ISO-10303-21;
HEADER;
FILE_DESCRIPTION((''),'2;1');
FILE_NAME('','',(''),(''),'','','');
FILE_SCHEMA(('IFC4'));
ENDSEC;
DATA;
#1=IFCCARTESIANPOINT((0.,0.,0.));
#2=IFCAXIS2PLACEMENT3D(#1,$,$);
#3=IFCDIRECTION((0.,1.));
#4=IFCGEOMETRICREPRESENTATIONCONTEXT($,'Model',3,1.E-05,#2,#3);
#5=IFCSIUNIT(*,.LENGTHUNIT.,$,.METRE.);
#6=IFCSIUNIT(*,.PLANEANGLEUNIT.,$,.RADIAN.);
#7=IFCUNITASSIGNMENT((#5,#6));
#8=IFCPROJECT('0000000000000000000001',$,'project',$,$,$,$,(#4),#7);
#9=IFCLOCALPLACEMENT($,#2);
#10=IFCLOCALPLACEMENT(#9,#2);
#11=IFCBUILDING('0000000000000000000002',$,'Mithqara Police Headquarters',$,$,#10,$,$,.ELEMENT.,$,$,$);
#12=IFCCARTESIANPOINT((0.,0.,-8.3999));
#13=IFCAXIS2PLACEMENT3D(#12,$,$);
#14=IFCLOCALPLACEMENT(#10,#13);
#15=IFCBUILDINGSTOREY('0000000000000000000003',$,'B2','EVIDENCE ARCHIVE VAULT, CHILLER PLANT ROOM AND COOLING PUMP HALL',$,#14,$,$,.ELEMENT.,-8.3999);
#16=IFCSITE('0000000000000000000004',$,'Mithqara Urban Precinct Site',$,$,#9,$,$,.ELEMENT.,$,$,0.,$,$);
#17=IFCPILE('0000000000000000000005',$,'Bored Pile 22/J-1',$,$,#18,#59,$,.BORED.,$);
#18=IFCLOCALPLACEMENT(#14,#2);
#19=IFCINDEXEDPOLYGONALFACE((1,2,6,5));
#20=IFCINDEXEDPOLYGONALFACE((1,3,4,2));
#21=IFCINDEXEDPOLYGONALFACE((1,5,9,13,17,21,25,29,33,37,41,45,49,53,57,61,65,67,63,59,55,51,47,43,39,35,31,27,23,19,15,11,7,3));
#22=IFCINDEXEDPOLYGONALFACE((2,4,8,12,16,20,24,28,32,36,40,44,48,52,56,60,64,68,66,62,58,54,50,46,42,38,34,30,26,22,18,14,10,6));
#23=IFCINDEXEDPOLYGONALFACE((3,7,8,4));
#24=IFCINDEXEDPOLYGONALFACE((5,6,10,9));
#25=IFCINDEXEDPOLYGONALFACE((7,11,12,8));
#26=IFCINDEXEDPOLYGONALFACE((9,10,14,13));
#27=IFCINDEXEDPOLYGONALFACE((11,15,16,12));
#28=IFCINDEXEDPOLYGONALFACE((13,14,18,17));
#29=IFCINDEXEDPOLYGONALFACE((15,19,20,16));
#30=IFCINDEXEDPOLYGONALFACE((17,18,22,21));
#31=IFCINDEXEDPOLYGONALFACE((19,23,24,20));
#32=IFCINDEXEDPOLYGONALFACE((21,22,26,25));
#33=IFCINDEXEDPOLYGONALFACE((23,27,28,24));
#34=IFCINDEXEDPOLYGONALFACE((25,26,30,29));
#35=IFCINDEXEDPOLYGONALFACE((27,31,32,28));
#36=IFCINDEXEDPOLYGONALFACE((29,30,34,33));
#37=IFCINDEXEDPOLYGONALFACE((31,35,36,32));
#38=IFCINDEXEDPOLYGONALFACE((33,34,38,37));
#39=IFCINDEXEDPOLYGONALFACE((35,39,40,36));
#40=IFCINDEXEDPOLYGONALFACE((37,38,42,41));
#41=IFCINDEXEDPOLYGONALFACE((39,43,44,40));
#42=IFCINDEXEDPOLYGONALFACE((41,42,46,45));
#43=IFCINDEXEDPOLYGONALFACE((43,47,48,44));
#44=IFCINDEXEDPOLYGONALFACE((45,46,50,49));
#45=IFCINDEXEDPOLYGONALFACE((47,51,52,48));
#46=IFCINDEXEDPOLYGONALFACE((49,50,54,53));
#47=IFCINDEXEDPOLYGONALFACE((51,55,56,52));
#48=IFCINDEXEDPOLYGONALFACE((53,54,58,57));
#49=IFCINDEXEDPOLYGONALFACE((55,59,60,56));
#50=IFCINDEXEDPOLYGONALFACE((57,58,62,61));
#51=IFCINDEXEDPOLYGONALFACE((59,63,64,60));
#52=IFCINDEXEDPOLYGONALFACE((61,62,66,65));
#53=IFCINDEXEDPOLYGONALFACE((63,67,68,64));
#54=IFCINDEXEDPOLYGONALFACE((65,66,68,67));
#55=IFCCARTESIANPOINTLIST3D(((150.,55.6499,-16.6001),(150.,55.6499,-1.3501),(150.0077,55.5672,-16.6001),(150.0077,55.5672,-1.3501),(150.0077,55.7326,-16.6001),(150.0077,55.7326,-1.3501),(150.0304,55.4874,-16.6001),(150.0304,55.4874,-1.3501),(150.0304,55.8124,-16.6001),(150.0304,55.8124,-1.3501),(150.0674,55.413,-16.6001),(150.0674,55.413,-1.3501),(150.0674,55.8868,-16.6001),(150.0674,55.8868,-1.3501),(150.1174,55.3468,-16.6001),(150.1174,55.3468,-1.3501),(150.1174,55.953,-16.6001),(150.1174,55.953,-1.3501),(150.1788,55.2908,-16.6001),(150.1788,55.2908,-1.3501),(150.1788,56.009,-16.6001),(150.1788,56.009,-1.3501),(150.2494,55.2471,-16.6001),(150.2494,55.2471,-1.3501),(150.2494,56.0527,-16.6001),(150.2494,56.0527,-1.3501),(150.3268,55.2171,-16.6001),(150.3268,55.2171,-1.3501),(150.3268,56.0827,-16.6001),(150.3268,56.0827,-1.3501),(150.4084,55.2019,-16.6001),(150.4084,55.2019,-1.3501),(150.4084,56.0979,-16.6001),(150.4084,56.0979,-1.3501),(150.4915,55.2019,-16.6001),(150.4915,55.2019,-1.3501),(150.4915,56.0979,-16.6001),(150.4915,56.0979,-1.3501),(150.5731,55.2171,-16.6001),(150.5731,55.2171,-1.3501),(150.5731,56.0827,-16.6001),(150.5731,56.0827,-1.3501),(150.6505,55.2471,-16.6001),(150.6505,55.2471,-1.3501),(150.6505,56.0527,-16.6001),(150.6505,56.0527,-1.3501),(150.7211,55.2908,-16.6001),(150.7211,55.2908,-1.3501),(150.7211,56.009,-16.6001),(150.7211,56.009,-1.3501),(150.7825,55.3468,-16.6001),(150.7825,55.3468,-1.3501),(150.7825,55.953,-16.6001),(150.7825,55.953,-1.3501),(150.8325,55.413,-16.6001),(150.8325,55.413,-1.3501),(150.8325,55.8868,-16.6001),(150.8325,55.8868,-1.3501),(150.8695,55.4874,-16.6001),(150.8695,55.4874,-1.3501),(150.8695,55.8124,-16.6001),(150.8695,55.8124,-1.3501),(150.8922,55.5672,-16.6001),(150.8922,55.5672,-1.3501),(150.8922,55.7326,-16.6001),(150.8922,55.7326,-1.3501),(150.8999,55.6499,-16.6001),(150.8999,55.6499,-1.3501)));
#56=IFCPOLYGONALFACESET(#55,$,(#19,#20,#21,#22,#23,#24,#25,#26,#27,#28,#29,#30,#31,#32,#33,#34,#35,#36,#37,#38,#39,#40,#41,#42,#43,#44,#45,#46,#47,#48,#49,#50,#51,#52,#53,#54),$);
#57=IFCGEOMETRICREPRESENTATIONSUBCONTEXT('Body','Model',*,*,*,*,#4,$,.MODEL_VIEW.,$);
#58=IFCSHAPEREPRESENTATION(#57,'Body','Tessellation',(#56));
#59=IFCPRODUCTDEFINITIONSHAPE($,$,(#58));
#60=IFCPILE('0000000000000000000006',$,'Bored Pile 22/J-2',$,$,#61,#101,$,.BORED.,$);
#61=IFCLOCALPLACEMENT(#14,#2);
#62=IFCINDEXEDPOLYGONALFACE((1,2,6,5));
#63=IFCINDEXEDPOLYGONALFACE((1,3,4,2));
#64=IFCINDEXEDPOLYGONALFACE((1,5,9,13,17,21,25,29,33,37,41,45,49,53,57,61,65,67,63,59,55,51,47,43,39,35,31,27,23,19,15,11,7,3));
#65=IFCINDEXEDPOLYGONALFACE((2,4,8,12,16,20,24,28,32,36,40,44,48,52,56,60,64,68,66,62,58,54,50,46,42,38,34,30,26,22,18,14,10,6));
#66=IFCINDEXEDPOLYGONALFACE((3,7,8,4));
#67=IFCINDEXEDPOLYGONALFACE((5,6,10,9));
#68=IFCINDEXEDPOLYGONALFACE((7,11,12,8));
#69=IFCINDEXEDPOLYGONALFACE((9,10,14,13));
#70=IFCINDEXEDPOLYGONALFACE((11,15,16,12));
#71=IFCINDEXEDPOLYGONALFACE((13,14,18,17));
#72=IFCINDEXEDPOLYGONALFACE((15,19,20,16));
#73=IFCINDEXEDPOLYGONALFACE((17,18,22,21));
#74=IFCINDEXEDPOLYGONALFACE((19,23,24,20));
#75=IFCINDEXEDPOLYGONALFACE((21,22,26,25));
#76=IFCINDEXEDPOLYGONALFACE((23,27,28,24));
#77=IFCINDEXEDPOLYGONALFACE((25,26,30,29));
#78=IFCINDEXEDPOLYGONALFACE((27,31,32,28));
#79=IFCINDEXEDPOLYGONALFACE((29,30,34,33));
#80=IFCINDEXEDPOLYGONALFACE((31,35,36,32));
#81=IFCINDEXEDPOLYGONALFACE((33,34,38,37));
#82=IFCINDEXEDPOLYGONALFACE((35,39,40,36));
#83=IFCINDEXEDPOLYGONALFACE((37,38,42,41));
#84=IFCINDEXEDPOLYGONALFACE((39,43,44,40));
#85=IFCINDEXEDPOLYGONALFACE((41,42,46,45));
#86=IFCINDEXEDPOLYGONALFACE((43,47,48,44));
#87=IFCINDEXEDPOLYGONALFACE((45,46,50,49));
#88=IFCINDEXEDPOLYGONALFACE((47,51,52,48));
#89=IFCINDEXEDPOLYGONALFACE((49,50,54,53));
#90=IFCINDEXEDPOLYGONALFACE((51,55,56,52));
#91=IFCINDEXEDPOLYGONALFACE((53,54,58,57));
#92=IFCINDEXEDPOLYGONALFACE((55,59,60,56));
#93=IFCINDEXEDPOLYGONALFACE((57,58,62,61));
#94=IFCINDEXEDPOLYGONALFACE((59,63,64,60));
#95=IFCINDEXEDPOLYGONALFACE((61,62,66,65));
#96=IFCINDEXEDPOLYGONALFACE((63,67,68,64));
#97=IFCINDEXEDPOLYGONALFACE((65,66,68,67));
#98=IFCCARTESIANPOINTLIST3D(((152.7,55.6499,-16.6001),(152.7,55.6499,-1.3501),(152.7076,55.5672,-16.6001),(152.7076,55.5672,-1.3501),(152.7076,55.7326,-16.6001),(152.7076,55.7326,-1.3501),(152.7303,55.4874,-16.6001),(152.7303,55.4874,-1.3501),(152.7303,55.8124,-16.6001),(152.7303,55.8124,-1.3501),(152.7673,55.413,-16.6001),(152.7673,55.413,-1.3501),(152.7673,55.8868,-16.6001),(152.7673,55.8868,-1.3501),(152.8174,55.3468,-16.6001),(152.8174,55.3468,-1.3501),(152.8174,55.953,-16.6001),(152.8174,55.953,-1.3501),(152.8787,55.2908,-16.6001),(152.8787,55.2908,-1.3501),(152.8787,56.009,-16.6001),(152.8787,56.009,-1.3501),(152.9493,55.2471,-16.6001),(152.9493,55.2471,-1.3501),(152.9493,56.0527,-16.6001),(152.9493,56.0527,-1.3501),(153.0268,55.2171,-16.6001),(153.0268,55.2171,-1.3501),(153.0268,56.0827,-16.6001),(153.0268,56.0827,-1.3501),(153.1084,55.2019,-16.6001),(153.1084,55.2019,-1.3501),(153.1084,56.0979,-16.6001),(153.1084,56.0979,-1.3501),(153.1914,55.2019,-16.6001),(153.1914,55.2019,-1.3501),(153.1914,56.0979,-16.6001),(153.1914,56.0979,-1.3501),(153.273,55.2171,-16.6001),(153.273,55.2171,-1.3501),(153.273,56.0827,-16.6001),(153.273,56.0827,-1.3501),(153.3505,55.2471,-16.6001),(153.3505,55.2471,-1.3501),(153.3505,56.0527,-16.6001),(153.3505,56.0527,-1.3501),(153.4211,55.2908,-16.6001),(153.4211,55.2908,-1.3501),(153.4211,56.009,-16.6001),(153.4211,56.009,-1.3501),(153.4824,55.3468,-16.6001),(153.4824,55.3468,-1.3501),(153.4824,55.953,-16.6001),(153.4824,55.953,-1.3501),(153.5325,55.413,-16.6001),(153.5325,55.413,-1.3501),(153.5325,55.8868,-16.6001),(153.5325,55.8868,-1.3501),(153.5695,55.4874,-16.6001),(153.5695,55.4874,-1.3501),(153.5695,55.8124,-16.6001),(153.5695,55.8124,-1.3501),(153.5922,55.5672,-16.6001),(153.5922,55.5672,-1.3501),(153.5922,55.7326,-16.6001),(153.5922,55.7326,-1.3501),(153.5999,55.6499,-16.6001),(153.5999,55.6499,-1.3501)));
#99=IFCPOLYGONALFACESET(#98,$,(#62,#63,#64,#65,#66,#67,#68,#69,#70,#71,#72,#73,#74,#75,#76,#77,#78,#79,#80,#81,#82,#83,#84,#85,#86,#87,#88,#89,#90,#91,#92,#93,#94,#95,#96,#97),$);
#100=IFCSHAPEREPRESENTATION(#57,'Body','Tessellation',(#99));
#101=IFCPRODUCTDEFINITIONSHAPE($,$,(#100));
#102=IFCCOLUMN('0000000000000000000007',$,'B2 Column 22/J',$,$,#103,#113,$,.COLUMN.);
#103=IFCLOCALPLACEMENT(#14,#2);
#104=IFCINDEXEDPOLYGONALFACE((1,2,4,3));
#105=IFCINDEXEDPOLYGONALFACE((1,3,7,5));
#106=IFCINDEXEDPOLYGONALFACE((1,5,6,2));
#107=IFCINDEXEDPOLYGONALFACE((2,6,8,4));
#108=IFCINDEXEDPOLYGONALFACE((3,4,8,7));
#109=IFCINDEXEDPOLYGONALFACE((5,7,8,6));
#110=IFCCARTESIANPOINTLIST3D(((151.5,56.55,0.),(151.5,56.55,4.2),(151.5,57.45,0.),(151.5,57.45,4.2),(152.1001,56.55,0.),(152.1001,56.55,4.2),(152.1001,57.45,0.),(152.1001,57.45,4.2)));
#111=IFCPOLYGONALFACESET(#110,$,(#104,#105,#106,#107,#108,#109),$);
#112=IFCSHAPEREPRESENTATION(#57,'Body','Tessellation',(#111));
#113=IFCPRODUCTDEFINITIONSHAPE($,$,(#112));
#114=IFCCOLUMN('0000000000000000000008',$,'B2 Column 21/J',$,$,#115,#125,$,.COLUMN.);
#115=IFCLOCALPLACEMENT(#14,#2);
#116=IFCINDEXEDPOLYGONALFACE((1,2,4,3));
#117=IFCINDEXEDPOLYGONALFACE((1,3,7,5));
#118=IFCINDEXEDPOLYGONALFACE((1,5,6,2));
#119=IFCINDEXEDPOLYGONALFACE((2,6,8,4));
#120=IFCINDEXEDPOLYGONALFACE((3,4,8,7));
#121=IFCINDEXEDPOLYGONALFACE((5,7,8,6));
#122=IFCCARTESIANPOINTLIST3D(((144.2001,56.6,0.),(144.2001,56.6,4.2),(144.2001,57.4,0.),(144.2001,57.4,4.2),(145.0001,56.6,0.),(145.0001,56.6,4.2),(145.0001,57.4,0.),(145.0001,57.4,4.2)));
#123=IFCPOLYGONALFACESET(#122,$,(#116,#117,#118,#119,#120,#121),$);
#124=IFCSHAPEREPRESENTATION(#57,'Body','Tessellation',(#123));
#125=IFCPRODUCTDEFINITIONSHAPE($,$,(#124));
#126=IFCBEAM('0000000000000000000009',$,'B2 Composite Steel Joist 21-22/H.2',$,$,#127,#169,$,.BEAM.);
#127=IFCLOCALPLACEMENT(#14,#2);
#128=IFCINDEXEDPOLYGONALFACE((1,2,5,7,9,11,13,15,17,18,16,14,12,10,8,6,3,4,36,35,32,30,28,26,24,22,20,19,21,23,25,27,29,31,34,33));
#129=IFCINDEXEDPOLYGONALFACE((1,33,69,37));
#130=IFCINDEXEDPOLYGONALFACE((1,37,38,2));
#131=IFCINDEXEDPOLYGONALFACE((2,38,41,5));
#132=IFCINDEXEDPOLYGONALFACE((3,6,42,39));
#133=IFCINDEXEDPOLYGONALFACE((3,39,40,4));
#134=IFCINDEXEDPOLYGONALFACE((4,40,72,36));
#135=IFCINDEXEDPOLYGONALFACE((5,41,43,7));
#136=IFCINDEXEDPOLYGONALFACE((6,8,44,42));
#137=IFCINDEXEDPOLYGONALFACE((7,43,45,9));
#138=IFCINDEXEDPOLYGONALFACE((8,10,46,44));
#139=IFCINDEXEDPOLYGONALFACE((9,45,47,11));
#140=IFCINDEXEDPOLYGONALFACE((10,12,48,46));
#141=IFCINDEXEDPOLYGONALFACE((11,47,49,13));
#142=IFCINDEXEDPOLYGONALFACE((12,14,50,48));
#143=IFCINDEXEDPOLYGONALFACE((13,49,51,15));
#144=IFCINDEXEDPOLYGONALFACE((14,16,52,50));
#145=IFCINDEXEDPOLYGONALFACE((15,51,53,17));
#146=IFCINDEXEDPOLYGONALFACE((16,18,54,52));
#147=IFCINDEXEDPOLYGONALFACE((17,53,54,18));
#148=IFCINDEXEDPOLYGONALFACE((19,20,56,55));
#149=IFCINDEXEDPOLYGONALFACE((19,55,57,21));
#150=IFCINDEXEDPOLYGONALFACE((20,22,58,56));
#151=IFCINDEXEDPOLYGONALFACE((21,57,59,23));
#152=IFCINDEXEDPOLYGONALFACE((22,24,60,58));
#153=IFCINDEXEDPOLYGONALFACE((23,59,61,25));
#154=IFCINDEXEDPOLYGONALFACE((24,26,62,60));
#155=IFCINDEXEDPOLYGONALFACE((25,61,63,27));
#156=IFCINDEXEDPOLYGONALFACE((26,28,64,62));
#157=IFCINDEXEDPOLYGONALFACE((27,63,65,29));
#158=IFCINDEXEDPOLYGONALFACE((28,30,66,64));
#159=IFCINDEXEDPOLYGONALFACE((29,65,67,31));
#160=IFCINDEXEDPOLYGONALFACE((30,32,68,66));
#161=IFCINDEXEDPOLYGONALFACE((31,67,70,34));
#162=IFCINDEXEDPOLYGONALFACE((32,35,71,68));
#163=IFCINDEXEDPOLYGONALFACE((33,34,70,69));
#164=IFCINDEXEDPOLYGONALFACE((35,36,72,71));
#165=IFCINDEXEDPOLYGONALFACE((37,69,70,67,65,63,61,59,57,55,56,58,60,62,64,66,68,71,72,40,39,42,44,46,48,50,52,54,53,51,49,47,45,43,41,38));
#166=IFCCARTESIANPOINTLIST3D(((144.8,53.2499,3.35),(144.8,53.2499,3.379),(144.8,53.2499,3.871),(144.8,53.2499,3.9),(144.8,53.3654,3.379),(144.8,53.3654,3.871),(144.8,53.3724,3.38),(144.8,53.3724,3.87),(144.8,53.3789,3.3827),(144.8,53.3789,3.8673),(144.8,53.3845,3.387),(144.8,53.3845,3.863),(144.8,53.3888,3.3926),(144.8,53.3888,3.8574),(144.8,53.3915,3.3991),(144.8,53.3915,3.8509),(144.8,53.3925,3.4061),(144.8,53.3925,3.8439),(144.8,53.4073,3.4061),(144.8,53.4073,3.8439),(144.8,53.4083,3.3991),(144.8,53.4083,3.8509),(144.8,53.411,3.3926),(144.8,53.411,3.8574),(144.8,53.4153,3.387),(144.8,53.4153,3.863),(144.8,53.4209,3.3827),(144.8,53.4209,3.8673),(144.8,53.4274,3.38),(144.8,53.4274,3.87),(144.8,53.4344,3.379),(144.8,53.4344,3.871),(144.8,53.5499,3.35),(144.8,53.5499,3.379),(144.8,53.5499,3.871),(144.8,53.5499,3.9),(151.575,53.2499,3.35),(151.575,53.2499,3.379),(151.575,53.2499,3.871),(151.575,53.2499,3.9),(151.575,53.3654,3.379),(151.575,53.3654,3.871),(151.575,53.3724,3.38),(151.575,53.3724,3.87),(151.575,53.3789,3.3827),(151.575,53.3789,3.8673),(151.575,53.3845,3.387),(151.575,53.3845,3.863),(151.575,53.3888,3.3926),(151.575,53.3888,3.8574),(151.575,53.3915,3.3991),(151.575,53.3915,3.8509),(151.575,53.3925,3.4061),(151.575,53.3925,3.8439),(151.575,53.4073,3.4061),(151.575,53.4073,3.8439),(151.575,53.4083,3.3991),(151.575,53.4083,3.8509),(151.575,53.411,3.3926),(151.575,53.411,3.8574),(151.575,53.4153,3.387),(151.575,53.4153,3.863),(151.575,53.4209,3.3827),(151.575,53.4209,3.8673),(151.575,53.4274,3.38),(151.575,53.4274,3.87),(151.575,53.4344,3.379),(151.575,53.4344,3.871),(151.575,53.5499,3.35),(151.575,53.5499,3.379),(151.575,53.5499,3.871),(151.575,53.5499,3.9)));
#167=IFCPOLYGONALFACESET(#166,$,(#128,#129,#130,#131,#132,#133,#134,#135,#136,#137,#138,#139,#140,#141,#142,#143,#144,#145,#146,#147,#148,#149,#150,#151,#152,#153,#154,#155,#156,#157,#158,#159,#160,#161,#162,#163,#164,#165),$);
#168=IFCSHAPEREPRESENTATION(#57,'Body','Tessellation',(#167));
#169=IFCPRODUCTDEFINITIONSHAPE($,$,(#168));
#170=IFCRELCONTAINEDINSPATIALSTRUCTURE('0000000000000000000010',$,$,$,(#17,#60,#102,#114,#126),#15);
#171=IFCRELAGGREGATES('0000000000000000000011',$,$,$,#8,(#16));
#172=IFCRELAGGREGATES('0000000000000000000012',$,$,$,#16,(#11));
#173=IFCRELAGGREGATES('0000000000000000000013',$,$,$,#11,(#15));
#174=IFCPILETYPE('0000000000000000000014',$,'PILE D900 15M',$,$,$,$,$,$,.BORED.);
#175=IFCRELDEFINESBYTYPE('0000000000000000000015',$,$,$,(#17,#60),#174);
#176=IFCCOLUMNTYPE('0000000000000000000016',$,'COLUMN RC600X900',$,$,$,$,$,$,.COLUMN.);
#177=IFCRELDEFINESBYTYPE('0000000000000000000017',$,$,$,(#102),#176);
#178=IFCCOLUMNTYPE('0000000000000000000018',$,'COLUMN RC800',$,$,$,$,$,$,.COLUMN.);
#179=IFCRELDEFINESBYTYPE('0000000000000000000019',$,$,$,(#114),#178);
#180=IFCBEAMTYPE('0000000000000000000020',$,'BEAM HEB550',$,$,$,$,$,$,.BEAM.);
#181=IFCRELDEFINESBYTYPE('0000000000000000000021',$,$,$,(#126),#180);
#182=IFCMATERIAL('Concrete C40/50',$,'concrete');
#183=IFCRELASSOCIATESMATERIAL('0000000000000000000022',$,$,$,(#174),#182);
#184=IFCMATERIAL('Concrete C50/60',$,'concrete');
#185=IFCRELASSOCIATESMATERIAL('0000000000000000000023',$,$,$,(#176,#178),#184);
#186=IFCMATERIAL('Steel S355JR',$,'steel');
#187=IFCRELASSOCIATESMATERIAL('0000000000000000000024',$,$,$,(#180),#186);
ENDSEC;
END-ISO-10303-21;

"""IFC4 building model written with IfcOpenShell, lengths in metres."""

from ifc_helpers import new_model, si_unit, direction, frame, origin, origin_2d, place, context, subcontext, project, spatial, rectangle, circle, i_section, extrude, material, material_profile, profile_set, type_object, element, save


model = new_model("IFC4")

# Units and contexts
model_context = context("Model", 3, precision=1e-05, world=origin(), true_north=direction((0.0, 1.0)))
body_context = subcontext(model_context, "Body", "Model", "MODEL_VIEW")
ifc_project = project(units=[si_unit("LENGTHUNIT", "METRE"), si_unit("PLANEANGLEUNIT", "RADIAN")], contexts=[model_context])

# Site, building, storey
site_placement = place(None, origin())
site = spatial("IfcSite", under=ifc_project, at=site_placement, Name="Mithqara Urban Precinct Site", CompositionType="ELEMENT", RefElevation=0.0)
building_placement = place(site_placement, origin())
building = spatial("IfcBuilding", under=site, at=building_placement, Name="Mithqara Police Headquarters", CompositionType="ELEMENT")
storey_placement = place(building_placement, frame((0.0, 0.0, -8.3999)))
storey = spatial("IfcBuildingStorey", under=building, at=storey_placement, Name="B2", Description="EVIDENCE ARCHIVE VAULT, CHILLER PLANT ROOM AND COOLING PUMP HALL", CompositionType="ELEMENT", Elevation=-8.3999)

# Shared definitions
ifc_material_1 = material(Name="Concrete C40/50", Category="concrete")

# Piles
ifc_material_profile_1 = material_profile(ifc_material_1, circle(Radius=0.45, at=origin_2d()), Name="PILE D900")
ifc_profile_set_1 = profile_set([ifc_material_profile_1], Name="Concrete C40/50")
pile_type_1 = type_object("IfcPileType", Name="PILE D900 15M", PredefinedType="BORED", material=ifc_profile_set_1)
for number, where, z_axis, x_axis, name in (
    (1, (150.45, 55.6499, -1.3501), (0.0, 0.0, -1.0), (1.0, 0.0, 0.0), "Bored Pile 22/J-1"),
    (2, (153.1499, 55.6499, -1.3501), (0.0, 0.0, -1.0), (1.0, 0.0, 0.0), "Bored Pile 22/J-2"),
):
    element("IfcPile", number, at=place(storey_placement, frame(where, z_axis=z_axis, x_axis=x_axis)), inside=storey, type_object=pile_type_1, Name=name, PredefinedType="BORED", context=body_context, shape_type="SweptSolid", body=[
        extrude(circle(Radius=0.45, at=origin_2d()), origin(), (0.0, 0.0, 1.0), 15.25),
    ])

# Columns
ifc_material_2 = material(Name="Concrete C50/60", Category="concrete")
ifc_material_profile_2 = material_profile(ifc_material_2, rectangle(XDim=0.6001, YDim=0.8999, at=origin_2d()), Name="RC 600x900")
ifc_profile_set_2 = profile_set([ifc_material_profile_2], Name="Concrete C50/60")
column_type_1 = type_object("IfcColumnType", Name="COLUMN RC600X900", PredefinedType="COLUMN", material=ifc_profile_set_2)
column_1_placement = place(storey_placement, frame((151.8, 57.0, 0.0), z_axis=(0.0, 0.0, 1.0), x_axis=(1.0, 0.0, 0.0)))
element("IfcColumn", 3, at=column_1_placement, inside=storey, type_object=column_type_1, Name="B2 Column 22/J", PredefinedType="COLUMN", context=body_context, shape_type="SweptSolid", body=[
    extrude(rectangle(XDim=0.6001, YDim=0.8999, at=origin_2d()), origin(), (0.0, 0.0, 1.0), 4.2),
])
ifc_material_profile_3 = material_profile(ifc_material_2, rectangle(XDim=0.8, YDim=0.8, at=origin_2d()), Name="RC 800x800")
ifc_profile_set_3 = profile_set([ifc_material_profile_3], Name="Concrete C50/60")
column_type_2 = type_object("IfcColumnType", Name="COLUMN RC800", PredefinedType="COLUMN", material=ifc_profile_set_3)
column_2_placement = place(storey_placement, frame((144.6001, 57.0, 0.0), z_axis=(0.0, 0.0, 1.0), x_axis=(1.0, 0.0, 0.0)))
element("IfcColumn", 4, at=column_2_placement, inside=storey, type_object=column_type_2, Name="B2 Column 21/J", PredefinedType="COLUMN", context=body_context, shape_type="SweptSolid", body=[
    extrude(rectangle(XDim=0.8, YDim=0.8, at=origin_2d()), origin(), (0.0, 0.0, 1.0), 4.2),
])

# Beam
ifc_material_3 = material(Name="Steel S355JR", Category="steel")
ifc_material_profile_4 = material_profile(ifc_material_3, i_section(OverallWidth=0.3, OverallDepth=0.55, WebThickness=0.0149, FlangeThickness=0.0291, FilletRadius=0.0271, at=origin_2d()), Name="HEB 550")
ifc_profile_set_4 = profile_set([ifc_material_profile_4], Name="Steel S355JR")
beam_type_1 = type_object("IfcBeamType", Name="BEAM HEB550", PredefinedType="BEAM", material=ifc_profile_set_4)
for number, where, z_axis, x_axis, name in (
    (5, (144.8, 53.3999, 3.625), (1.0, 0.0, 0.0), (0.0, 1.0, 0.0), "B2 Composite Steel Joist 21-22/H.2"),
):
    element("IfcBeam", number, at=place(storey_placement, frame(where, z_axis=z_axis, x_axis=x_axis)), inside=storey, type_object=beam_type_1, Name=name, PredefinedType="BEAM", context=body_context, shape_type="SweptSolid", body=[
        extrude(i_section(OverallWidth=0.3, OverallDepth=0.55, WebThickness=0.0149, FlangeThickness=0.0291, FilletRadius=0.0271, at=origin_2d()), origin(), (0.0, 0.0, 1.0), 6.7749),
    ])

save(model, "model.ifc")
